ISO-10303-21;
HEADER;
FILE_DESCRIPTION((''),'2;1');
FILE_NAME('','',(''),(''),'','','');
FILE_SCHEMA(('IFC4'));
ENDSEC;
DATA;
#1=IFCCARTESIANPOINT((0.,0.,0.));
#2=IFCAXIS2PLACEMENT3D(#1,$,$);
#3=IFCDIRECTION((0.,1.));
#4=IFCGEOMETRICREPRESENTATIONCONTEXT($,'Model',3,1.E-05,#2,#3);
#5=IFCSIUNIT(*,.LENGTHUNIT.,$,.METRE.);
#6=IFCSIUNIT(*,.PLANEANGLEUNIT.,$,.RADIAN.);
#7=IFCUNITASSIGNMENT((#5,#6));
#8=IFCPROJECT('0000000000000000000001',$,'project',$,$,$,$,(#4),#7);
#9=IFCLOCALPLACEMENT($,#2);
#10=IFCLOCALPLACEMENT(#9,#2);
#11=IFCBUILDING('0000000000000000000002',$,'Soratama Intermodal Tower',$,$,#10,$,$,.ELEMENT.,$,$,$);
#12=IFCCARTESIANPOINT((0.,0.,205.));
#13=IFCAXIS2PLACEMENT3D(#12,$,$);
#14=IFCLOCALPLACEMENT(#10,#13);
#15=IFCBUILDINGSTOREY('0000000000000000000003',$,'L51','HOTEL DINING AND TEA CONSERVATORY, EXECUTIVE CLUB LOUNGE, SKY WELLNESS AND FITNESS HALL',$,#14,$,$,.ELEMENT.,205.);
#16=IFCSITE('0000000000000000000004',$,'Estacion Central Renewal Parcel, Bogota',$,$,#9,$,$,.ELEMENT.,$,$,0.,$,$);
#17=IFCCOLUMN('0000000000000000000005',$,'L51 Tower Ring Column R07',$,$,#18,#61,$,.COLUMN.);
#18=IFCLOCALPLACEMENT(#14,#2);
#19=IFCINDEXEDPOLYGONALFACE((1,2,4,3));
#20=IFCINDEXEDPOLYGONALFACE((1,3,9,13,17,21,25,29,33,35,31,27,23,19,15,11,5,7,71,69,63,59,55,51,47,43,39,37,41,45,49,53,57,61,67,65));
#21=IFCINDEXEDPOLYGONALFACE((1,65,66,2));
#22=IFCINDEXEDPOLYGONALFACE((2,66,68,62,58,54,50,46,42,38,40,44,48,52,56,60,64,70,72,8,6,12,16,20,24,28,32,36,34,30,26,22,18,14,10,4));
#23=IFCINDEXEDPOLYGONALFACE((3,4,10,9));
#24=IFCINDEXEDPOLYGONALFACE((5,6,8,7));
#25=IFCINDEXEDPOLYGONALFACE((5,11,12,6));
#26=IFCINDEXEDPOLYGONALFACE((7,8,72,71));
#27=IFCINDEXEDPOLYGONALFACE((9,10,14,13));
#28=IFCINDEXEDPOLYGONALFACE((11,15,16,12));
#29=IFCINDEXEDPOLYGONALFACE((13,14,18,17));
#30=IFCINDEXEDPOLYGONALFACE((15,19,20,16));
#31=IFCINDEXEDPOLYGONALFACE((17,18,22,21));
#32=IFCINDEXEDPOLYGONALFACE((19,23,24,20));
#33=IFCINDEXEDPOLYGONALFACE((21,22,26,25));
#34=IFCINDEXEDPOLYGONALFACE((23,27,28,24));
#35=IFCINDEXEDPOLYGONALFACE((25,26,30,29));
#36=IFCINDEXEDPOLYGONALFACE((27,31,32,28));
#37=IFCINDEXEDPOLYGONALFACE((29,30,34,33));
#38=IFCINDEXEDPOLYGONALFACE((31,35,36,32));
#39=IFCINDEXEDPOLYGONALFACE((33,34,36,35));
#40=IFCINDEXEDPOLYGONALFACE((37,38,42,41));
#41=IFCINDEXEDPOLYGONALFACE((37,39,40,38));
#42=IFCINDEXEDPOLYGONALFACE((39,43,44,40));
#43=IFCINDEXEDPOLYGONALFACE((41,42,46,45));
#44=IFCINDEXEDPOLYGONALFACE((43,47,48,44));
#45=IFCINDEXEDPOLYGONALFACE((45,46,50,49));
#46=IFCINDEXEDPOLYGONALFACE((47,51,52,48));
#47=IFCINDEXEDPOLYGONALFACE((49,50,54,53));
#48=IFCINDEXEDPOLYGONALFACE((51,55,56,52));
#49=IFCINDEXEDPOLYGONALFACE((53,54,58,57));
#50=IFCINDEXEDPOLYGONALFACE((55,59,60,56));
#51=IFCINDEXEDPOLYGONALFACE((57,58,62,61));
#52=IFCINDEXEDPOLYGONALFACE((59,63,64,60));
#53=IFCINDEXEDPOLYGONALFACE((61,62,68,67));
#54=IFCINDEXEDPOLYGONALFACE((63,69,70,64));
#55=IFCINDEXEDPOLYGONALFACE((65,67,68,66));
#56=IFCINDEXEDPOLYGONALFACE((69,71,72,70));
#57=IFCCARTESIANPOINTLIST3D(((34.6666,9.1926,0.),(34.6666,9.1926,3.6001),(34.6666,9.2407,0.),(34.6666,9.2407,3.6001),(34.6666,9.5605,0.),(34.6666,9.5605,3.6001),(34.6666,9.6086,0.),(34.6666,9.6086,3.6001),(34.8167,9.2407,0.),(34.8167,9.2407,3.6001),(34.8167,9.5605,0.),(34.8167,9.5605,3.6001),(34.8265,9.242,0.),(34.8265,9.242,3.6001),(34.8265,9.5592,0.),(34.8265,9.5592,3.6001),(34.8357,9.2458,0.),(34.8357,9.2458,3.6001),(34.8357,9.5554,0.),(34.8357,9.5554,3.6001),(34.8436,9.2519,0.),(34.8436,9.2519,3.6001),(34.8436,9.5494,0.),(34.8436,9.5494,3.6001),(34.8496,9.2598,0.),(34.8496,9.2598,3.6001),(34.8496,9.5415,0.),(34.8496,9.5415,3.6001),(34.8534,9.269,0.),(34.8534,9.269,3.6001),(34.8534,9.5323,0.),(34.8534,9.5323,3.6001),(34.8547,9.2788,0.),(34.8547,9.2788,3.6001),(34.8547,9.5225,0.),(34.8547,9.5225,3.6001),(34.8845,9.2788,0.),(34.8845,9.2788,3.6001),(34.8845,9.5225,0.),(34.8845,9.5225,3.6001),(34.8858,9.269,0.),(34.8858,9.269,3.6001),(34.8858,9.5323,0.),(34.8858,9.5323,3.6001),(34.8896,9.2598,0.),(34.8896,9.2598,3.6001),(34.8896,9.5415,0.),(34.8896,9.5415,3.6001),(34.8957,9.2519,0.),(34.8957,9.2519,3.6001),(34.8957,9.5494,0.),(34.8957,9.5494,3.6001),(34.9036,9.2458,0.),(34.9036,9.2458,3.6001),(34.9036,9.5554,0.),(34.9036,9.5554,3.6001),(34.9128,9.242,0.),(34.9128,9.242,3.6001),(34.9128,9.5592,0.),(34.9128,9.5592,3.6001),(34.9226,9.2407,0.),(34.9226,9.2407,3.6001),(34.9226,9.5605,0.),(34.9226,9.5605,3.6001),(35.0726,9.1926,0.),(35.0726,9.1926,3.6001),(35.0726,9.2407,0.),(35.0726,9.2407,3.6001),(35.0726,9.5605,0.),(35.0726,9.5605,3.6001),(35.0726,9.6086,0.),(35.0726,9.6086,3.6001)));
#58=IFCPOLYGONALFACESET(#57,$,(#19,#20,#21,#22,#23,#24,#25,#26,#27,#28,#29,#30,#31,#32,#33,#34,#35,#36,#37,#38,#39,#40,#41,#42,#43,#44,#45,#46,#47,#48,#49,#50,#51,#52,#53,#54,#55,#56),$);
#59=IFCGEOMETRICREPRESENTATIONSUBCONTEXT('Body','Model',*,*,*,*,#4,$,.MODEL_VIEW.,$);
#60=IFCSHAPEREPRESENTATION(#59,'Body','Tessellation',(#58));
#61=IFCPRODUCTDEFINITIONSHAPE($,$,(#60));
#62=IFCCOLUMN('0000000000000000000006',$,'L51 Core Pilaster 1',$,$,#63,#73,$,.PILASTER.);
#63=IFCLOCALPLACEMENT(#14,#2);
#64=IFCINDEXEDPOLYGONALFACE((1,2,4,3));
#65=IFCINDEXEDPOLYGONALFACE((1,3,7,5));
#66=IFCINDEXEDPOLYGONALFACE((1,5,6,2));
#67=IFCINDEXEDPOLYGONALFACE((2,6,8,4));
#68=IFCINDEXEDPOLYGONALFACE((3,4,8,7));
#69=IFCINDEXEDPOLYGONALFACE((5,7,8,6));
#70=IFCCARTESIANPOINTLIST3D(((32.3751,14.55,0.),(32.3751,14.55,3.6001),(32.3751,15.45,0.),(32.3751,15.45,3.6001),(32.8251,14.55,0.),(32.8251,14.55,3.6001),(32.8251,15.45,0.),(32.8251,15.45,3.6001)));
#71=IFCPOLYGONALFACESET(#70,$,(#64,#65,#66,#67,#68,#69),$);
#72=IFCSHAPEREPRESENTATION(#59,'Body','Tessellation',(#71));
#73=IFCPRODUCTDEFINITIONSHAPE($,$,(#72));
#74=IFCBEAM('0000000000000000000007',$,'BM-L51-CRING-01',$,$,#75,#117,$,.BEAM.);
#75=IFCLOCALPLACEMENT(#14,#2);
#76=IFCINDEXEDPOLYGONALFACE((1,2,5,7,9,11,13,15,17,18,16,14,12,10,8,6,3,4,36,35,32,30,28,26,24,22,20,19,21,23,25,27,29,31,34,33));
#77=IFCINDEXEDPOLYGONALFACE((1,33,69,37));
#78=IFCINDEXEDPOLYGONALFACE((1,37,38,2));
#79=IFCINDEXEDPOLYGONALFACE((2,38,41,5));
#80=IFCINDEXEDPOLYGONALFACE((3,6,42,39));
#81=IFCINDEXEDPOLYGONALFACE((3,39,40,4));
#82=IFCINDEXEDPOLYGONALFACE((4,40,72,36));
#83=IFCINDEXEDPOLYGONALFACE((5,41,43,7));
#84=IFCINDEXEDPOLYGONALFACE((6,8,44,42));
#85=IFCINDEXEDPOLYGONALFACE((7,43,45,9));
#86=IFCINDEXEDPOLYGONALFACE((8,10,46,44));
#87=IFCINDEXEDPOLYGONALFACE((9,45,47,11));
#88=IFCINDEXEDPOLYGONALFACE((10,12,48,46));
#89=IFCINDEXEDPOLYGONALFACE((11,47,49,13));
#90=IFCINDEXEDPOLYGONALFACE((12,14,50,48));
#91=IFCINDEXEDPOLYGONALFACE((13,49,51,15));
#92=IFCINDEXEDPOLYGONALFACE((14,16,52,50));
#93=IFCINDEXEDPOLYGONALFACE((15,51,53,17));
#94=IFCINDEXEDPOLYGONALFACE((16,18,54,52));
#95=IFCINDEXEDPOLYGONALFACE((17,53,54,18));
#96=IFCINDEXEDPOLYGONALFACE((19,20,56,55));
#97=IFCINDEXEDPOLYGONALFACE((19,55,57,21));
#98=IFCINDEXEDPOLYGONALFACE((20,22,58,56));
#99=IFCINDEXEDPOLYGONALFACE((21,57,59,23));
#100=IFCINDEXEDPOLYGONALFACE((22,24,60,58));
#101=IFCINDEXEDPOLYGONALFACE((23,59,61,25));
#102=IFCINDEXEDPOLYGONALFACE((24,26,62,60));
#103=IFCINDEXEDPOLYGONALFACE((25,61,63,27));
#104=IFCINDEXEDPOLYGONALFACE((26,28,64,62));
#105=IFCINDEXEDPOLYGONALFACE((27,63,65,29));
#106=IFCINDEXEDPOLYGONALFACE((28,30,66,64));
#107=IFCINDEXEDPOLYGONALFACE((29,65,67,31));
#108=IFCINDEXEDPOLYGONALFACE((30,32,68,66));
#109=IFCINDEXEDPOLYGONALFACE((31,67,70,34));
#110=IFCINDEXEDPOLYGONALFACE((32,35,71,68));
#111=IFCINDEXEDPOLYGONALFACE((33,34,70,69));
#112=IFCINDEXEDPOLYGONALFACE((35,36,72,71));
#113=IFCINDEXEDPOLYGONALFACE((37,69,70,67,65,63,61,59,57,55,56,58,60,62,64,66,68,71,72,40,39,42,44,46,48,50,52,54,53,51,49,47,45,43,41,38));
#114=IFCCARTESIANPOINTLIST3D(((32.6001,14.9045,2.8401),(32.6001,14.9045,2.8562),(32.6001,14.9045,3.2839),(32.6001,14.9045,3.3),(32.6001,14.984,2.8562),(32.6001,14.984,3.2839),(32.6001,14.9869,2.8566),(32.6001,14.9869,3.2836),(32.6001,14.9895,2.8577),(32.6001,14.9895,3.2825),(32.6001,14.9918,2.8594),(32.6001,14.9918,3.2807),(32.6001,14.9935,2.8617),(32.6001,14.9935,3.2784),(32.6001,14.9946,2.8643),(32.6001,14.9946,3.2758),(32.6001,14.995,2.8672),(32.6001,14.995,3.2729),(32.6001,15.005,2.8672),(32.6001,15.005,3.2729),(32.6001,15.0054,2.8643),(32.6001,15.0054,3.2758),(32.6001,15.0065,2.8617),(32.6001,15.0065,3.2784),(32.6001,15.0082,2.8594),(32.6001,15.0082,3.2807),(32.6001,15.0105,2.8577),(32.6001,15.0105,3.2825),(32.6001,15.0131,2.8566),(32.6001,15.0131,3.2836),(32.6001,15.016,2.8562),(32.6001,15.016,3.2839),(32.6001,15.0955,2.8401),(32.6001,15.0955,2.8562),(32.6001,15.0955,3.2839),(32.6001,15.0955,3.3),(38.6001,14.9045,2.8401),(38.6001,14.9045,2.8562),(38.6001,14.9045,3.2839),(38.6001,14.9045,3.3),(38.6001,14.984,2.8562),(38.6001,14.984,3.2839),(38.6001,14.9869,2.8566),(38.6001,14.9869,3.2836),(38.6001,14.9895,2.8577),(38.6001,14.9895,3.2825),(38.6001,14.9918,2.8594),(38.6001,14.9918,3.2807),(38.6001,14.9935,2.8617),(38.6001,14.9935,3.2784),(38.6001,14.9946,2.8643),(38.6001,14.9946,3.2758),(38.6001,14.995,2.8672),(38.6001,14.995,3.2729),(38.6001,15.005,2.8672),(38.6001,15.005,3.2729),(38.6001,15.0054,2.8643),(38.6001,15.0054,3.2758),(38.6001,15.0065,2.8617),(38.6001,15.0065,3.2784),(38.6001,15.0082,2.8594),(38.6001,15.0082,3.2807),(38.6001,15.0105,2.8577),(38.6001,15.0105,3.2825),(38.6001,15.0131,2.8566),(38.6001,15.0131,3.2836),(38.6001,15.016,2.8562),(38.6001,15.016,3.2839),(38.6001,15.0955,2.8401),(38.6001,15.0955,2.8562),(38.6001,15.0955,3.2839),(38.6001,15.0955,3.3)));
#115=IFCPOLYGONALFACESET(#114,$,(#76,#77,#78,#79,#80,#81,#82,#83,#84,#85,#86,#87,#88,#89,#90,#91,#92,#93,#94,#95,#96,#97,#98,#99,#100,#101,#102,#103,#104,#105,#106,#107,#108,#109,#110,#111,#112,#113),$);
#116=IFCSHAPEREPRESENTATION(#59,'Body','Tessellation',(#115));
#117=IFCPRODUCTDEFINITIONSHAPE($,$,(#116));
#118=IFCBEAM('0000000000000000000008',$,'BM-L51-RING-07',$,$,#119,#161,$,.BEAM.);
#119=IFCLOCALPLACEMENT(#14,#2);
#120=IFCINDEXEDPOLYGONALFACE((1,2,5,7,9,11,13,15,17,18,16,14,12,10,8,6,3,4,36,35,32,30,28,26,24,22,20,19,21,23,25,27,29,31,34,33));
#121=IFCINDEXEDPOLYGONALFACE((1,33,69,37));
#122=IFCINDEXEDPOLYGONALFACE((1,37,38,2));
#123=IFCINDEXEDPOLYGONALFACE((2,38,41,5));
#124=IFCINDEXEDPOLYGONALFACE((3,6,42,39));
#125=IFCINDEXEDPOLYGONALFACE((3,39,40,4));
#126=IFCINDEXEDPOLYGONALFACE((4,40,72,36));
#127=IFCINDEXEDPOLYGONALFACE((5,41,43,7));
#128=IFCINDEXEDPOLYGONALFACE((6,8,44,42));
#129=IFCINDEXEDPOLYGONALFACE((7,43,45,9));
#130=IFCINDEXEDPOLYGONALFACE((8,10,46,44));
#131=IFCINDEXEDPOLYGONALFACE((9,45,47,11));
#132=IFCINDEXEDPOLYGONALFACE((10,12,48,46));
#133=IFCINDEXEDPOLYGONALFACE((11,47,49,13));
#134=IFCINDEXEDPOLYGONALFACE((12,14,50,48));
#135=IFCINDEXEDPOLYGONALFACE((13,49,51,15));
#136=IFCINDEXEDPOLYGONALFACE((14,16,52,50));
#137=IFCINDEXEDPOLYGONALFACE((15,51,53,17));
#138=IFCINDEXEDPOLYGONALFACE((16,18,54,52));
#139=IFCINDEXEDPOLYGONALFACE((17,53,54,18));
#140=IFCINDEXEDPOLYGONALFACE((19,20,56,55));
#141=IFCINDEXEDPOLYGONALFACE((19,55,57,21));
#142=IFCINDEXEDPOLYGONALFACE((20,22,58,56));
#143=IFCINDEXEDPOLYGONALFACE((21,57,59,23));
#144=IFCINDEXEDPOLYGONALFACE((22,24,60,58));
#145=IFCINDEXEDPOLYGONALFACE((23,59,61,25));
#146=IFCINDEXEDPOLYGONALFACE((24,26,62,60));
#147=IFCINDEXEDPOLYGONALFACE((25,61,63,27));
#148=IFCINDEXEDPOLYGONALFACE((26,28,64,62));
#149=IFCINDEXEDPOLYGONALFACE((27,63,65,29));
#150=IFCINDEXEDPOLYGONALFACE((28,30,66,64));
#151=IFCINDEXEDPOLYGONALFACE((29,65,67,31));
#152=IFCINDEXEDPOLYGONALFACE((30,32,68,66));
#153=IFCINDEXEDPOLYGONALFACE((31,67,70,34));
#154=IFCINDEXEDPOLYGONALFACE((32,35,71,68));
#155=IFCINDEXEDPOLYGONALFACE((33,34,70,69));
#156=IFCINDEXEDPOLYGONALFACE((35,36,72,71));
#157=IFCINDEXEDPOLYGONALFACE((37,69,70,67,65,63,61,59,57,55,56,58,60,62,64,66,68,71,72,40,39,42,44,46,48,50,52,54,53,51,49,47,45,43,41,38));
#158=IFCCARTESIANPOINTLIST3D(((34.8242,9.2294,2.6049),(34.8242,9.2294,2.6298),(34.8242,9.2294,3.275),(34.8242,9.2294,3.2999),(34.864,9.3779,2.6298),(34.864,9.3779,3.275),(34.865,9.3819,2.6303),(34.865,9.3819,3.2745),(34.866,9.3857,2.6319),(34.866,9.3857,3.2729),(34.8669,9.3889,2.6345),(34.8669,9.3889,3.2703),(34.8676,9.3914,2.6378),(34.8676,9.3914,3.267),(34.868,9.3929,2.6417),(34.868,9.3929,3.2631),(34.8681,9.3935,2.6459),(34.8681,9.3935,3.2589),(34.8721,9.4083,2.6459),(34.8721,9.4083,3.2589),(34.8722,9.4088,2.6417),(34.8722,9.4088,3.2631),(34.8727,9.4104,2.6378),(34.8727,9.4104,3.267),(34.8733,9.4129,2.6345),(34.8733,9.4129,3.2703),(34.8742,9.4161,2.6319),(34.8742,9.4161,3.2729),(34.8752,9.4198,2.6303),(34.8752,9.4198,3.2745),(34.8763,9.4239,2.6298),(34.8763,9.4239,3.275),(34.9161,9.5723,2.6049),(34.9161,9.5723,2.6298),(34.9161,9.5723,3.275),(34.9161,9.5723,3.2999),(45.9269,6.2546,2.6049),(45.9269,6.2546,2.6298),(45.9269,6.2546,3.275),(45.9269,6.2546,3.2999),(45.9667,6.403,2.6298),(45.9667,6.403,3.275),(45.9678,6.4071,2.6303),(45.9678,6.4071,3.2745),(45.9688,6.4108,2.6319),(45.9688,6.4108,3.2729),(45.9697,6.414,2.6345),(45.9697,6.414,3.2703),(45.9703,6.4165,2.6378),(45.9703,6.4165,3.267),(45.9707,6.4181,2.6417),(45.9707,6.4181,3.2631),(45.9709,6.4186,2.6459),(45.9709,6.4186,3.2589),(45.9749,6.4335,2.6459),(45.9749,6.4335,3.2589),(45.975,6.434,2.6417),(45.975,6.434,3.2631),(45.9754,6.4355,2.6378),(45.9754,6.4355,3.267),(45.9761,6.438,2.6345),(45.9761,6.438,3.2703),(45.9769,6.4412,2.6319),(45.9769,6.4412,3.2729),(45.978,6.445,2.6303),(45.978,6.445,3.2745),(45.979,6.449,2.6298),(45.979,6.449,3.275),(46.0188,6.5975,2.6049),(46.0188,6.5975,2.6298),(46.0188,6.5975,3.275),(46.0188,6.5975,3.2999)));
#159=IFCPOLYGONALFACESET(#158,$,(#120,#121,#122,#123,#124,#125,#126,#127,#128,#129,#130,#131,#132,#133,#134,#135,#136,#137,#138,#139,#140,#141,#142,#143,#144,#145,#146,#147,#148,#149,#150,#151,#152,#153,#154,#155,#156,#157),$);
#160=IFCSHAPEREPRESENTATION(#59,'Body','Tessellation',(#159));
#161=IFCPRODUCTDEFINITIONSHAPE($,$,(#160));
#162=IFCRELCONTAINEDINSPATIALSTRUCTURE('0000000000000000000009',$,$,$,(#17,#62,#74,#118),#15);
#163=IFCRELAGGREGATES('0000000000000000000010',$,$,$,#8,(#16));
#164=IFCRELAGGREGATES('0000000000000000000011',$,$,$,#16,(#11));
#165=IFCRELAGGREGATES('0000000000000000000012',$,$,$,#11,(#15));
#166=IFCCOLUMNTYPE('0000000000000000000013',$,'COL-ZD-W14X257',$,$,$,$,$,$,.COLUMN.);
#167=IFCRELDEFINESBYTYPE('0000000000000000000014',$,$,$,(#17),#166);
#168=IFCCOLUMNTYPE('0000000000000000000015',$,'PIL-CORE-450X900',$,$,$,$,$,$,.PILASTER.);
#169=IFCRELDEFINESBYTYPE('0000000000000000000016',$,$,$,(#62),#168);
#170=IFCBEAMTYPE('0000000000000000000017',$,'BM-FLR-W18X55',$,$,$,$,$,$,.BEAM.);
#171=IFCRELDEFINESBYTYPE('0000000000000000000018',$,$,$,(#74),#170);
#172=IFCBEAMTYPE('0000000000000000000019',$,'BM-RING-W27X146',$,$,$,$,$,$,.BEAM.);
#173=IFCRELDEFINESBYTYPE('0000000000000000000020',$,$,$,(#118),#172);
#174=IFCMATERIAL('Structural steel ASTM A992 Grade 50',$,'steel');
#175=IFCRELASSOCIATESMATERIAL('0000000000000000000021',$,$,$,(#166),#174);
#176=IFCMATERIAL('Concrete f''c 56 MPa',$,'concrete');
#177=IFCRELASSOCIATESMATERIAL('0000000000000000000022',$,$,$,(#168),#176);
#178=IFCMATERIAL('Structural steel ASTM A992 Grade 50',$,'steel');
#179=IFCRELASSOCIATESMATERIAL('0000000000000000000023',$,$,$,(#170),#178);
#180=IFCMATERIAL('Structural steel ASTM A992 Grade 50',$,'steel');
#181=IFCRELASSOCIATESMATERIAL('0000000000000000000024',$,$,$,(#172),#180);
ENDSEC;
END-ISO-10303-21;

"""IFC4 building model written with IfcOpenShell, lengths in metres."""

from ifc_helpers import new_model, si_unit, direction, frame, origin, origin_2d, place, context, subcontext, project, spatial, rectangle, i_section, extrude, material, material_profile, profile_set, type_object, element, save


model = new_model("IFC4")

# Units and contexts
model_context = context("Model", 3, precision=1e-05, world=origin(), true_north=direction((0.0, 1.0)))
body_context = subcontext(model_context, "Body", "Model", "MODEL_VIEW")
ifc_project = project(units=[si_unit("LENGTHUNIT", "METRE"), si_unit("PLANEANGLEUNIT", "RADIAN")], contexts=[model_context])

# Site, building, storey
site_placement = place(None, origin())
site = spatial("IfcSite", under=ifc_project, at=site_placement, Name="Estacion Central Renewal Parcel, Bogota", CompositionType="ELEMENT", RefElevation=0.0)
building_placement = place(site_placement, origin())
building = spatial("IfcBuilding", under=site, at=building_placement, Name="Soratama Intermodal Tower", CompositionType="ELEMENT")
storey_placement = place(building_placement, frame((0.0, 0.0, 205.0)))
storey = spatial("IfcBuildingStorey", under=building, at=storey_placement, Name="L51", Description="HOTEL DINING AND TEA CONSERVATORY, EXECUTIVE CLUB LOUNGE, SKY WELLNESS AND FITNESS HALL", CompositionType="ELEMENT", Elevation=205.0)

# Columns
ifc_material_1 = material(Name="Structural steel ASTM A992 Grade 50", Category="steel")
ifc_material_profile_1 = material_profile(ifc_material_1, i_section(OverallWidth=0.406, OverallDepth=0.416, WebThickness=0.0298, FlangeThickness=0.0481, FilletRadius=0.0381, at=origin_2d()), Name="W14X257")
ifc_profile_set_1 = profile_set([ifc_material_profile_1], Name="Structural steel ASTM A992 Grade 50")
column_type_1 = type_object("IfcColumnType", Name="COL-ZD-W14X257", PredefinedType="COLUMN", material=ifc_profile_set_1)
column_1_placement = place(storey_placement, frame((34.8696, 9.4006, 0.0), z_axis=(0.0, 0.0, 1.0), x_axis=(1.0, 0.0, 0.0)))
element("IfcColumn", 1, at=column_1_placement, inside=storey, type_object=column_type_1, Name="L51 Tower Ring Column R07", PredefinedType="COLUMN", context=body_context, shape_type="SweptSolid", body=[
    extrude(i_section(OverallWidth=0.406, OverallDepth=0.416, WebThickness=0.0298, FlangeThickness=0.0481, FilletRadius=0.0381, at=origin_2d()), origin(), (0.0, 0.0, 1.0), 3.6001),
])
ifc_material_2 = material(Name="Concrete f'c 56 MPa", Category="concrete")
ifc_material_profile_2 = material_profile(ifc_material_2, rectangle(XDim=0.45, YDim=0.8999, at=origin_2d()), Name="RC450X900")
ifc_profile_set_2 = profile_set([ifc_material_profile_2], Name="Concrete f'c 56 MPa")
column_type_2 = type_object("IfcColumnType", Name="PIL-CORE-450X900", PredefinedType="PILASTER", material=ifc_profile_set_2)
column_2_placement = place(storey_placement, frame((32.6001, 15.0, 0.0), z_axis=(0.0, 0.0, 1.0), x_axis=(1.0, 0.0, 0.0)))
element("IfcColumn", 2, at=column_2_placement, inside=storey, type_object=column_type_2, Name="L51 Core Pilaster 1", PredefinedType="PILASTER", context=body_context, shape_type="SweptSolid", body=[
    extrude(rectangle(XDim=0.45, YDim=0.8999, at=origin_2d()), origin(), (0.0, 0.0, 1.0), 3.6001),
])

# Beams
ifc_material_3 = material(Name="Structural steel ASTM A992 Grade 50", Category="steel")
ifc_material_profile_3 = material_profile(ifc_material_3, i_section(OverallWidth=0.1909, OverallDepth=0.46, WebThickness=0.01, FlangeThickness=0.0161, FilletRadius=0.011, at=origin_2d()), Name="W18X55")
ifc_profile_set_3 = profile_set([ifc_material_profile_3], Name="Structural steel ASTM A992 Grade 50")
beam_type_1 = type_object("IfcBeamType", Name="BM-FLR-W18X55", PredefinedType="BEAM", material=ifc_profile_set_3)
beam_1_placement = place(storey_placement, frame((32.6001, 15.0, 3.0701), z_axis=(1.0, 0.0, 0.0), x_axis=(0.0, 1.0, 0.0)))
element("IfcBeam", 3, at=beam_1_placement, inside=storey, type_object=beam_type_1, Name="BM-L51-CRING-01", PredefinedType="BEAM", context=body_context, shape_type="SweptSolid", body=[
    extrude(i_section(OverallWidth=0.1909, OverallDepth=0.46, WebThickness=0.01, FlangeThickness=0.0161, FilletRadius=0.011, at=origin_2d()), origin(), (0.0, 0.0, 1.0), 6.0),
])
ifc_material_4 = material(Name="Structural steel ASTM A992 Grade 50", Category="steel")
ifc_material_profile_4 = material_profile(ifc_material_4, i_section(OverallWidth=0.355, OverallDepth=0.6951, WebThickness=0.0154, FlangeThickness=0.0249, FilletRadius=0.0161, at=origin_2d()), Name="W27X146")
ifc_profile_set_4 = profile_set([ifc_material_profile_4], Name="Structural steel ASTM A992 Grade 50")
beam_type_2 = type_object("IfcBeamType", Name="BM-RING-W27X146", PredefinedType="BEAM", material=ifc_profile_set_4)
beam_2_placement = place(storey_placement, frame((34.8701, 9.4009, 2.9524), z_axis=(0.965929, -0.258809, 0.0), x_axis=(0.258809, 0.965929, 0.0)))
element("IfcBeam", 4, at=beam_2_placement, inside=storey, type_object=beam_type_2, Name="BM-L51-RING-07", PredefinedType="BEAM", context=body_context, shape_type="SweptSolid", body=[
    extrude(i_section(OverallWidth=0.355, OverallDepth=0.6951, WebThickness=0.0154, FlangeThickness=0.0249, FilletRadius=0.0161, at=origin_2d()), origin(), (0.0, 0.0, 1.0), 11.4944),
])

save(model, "model.ifc")
